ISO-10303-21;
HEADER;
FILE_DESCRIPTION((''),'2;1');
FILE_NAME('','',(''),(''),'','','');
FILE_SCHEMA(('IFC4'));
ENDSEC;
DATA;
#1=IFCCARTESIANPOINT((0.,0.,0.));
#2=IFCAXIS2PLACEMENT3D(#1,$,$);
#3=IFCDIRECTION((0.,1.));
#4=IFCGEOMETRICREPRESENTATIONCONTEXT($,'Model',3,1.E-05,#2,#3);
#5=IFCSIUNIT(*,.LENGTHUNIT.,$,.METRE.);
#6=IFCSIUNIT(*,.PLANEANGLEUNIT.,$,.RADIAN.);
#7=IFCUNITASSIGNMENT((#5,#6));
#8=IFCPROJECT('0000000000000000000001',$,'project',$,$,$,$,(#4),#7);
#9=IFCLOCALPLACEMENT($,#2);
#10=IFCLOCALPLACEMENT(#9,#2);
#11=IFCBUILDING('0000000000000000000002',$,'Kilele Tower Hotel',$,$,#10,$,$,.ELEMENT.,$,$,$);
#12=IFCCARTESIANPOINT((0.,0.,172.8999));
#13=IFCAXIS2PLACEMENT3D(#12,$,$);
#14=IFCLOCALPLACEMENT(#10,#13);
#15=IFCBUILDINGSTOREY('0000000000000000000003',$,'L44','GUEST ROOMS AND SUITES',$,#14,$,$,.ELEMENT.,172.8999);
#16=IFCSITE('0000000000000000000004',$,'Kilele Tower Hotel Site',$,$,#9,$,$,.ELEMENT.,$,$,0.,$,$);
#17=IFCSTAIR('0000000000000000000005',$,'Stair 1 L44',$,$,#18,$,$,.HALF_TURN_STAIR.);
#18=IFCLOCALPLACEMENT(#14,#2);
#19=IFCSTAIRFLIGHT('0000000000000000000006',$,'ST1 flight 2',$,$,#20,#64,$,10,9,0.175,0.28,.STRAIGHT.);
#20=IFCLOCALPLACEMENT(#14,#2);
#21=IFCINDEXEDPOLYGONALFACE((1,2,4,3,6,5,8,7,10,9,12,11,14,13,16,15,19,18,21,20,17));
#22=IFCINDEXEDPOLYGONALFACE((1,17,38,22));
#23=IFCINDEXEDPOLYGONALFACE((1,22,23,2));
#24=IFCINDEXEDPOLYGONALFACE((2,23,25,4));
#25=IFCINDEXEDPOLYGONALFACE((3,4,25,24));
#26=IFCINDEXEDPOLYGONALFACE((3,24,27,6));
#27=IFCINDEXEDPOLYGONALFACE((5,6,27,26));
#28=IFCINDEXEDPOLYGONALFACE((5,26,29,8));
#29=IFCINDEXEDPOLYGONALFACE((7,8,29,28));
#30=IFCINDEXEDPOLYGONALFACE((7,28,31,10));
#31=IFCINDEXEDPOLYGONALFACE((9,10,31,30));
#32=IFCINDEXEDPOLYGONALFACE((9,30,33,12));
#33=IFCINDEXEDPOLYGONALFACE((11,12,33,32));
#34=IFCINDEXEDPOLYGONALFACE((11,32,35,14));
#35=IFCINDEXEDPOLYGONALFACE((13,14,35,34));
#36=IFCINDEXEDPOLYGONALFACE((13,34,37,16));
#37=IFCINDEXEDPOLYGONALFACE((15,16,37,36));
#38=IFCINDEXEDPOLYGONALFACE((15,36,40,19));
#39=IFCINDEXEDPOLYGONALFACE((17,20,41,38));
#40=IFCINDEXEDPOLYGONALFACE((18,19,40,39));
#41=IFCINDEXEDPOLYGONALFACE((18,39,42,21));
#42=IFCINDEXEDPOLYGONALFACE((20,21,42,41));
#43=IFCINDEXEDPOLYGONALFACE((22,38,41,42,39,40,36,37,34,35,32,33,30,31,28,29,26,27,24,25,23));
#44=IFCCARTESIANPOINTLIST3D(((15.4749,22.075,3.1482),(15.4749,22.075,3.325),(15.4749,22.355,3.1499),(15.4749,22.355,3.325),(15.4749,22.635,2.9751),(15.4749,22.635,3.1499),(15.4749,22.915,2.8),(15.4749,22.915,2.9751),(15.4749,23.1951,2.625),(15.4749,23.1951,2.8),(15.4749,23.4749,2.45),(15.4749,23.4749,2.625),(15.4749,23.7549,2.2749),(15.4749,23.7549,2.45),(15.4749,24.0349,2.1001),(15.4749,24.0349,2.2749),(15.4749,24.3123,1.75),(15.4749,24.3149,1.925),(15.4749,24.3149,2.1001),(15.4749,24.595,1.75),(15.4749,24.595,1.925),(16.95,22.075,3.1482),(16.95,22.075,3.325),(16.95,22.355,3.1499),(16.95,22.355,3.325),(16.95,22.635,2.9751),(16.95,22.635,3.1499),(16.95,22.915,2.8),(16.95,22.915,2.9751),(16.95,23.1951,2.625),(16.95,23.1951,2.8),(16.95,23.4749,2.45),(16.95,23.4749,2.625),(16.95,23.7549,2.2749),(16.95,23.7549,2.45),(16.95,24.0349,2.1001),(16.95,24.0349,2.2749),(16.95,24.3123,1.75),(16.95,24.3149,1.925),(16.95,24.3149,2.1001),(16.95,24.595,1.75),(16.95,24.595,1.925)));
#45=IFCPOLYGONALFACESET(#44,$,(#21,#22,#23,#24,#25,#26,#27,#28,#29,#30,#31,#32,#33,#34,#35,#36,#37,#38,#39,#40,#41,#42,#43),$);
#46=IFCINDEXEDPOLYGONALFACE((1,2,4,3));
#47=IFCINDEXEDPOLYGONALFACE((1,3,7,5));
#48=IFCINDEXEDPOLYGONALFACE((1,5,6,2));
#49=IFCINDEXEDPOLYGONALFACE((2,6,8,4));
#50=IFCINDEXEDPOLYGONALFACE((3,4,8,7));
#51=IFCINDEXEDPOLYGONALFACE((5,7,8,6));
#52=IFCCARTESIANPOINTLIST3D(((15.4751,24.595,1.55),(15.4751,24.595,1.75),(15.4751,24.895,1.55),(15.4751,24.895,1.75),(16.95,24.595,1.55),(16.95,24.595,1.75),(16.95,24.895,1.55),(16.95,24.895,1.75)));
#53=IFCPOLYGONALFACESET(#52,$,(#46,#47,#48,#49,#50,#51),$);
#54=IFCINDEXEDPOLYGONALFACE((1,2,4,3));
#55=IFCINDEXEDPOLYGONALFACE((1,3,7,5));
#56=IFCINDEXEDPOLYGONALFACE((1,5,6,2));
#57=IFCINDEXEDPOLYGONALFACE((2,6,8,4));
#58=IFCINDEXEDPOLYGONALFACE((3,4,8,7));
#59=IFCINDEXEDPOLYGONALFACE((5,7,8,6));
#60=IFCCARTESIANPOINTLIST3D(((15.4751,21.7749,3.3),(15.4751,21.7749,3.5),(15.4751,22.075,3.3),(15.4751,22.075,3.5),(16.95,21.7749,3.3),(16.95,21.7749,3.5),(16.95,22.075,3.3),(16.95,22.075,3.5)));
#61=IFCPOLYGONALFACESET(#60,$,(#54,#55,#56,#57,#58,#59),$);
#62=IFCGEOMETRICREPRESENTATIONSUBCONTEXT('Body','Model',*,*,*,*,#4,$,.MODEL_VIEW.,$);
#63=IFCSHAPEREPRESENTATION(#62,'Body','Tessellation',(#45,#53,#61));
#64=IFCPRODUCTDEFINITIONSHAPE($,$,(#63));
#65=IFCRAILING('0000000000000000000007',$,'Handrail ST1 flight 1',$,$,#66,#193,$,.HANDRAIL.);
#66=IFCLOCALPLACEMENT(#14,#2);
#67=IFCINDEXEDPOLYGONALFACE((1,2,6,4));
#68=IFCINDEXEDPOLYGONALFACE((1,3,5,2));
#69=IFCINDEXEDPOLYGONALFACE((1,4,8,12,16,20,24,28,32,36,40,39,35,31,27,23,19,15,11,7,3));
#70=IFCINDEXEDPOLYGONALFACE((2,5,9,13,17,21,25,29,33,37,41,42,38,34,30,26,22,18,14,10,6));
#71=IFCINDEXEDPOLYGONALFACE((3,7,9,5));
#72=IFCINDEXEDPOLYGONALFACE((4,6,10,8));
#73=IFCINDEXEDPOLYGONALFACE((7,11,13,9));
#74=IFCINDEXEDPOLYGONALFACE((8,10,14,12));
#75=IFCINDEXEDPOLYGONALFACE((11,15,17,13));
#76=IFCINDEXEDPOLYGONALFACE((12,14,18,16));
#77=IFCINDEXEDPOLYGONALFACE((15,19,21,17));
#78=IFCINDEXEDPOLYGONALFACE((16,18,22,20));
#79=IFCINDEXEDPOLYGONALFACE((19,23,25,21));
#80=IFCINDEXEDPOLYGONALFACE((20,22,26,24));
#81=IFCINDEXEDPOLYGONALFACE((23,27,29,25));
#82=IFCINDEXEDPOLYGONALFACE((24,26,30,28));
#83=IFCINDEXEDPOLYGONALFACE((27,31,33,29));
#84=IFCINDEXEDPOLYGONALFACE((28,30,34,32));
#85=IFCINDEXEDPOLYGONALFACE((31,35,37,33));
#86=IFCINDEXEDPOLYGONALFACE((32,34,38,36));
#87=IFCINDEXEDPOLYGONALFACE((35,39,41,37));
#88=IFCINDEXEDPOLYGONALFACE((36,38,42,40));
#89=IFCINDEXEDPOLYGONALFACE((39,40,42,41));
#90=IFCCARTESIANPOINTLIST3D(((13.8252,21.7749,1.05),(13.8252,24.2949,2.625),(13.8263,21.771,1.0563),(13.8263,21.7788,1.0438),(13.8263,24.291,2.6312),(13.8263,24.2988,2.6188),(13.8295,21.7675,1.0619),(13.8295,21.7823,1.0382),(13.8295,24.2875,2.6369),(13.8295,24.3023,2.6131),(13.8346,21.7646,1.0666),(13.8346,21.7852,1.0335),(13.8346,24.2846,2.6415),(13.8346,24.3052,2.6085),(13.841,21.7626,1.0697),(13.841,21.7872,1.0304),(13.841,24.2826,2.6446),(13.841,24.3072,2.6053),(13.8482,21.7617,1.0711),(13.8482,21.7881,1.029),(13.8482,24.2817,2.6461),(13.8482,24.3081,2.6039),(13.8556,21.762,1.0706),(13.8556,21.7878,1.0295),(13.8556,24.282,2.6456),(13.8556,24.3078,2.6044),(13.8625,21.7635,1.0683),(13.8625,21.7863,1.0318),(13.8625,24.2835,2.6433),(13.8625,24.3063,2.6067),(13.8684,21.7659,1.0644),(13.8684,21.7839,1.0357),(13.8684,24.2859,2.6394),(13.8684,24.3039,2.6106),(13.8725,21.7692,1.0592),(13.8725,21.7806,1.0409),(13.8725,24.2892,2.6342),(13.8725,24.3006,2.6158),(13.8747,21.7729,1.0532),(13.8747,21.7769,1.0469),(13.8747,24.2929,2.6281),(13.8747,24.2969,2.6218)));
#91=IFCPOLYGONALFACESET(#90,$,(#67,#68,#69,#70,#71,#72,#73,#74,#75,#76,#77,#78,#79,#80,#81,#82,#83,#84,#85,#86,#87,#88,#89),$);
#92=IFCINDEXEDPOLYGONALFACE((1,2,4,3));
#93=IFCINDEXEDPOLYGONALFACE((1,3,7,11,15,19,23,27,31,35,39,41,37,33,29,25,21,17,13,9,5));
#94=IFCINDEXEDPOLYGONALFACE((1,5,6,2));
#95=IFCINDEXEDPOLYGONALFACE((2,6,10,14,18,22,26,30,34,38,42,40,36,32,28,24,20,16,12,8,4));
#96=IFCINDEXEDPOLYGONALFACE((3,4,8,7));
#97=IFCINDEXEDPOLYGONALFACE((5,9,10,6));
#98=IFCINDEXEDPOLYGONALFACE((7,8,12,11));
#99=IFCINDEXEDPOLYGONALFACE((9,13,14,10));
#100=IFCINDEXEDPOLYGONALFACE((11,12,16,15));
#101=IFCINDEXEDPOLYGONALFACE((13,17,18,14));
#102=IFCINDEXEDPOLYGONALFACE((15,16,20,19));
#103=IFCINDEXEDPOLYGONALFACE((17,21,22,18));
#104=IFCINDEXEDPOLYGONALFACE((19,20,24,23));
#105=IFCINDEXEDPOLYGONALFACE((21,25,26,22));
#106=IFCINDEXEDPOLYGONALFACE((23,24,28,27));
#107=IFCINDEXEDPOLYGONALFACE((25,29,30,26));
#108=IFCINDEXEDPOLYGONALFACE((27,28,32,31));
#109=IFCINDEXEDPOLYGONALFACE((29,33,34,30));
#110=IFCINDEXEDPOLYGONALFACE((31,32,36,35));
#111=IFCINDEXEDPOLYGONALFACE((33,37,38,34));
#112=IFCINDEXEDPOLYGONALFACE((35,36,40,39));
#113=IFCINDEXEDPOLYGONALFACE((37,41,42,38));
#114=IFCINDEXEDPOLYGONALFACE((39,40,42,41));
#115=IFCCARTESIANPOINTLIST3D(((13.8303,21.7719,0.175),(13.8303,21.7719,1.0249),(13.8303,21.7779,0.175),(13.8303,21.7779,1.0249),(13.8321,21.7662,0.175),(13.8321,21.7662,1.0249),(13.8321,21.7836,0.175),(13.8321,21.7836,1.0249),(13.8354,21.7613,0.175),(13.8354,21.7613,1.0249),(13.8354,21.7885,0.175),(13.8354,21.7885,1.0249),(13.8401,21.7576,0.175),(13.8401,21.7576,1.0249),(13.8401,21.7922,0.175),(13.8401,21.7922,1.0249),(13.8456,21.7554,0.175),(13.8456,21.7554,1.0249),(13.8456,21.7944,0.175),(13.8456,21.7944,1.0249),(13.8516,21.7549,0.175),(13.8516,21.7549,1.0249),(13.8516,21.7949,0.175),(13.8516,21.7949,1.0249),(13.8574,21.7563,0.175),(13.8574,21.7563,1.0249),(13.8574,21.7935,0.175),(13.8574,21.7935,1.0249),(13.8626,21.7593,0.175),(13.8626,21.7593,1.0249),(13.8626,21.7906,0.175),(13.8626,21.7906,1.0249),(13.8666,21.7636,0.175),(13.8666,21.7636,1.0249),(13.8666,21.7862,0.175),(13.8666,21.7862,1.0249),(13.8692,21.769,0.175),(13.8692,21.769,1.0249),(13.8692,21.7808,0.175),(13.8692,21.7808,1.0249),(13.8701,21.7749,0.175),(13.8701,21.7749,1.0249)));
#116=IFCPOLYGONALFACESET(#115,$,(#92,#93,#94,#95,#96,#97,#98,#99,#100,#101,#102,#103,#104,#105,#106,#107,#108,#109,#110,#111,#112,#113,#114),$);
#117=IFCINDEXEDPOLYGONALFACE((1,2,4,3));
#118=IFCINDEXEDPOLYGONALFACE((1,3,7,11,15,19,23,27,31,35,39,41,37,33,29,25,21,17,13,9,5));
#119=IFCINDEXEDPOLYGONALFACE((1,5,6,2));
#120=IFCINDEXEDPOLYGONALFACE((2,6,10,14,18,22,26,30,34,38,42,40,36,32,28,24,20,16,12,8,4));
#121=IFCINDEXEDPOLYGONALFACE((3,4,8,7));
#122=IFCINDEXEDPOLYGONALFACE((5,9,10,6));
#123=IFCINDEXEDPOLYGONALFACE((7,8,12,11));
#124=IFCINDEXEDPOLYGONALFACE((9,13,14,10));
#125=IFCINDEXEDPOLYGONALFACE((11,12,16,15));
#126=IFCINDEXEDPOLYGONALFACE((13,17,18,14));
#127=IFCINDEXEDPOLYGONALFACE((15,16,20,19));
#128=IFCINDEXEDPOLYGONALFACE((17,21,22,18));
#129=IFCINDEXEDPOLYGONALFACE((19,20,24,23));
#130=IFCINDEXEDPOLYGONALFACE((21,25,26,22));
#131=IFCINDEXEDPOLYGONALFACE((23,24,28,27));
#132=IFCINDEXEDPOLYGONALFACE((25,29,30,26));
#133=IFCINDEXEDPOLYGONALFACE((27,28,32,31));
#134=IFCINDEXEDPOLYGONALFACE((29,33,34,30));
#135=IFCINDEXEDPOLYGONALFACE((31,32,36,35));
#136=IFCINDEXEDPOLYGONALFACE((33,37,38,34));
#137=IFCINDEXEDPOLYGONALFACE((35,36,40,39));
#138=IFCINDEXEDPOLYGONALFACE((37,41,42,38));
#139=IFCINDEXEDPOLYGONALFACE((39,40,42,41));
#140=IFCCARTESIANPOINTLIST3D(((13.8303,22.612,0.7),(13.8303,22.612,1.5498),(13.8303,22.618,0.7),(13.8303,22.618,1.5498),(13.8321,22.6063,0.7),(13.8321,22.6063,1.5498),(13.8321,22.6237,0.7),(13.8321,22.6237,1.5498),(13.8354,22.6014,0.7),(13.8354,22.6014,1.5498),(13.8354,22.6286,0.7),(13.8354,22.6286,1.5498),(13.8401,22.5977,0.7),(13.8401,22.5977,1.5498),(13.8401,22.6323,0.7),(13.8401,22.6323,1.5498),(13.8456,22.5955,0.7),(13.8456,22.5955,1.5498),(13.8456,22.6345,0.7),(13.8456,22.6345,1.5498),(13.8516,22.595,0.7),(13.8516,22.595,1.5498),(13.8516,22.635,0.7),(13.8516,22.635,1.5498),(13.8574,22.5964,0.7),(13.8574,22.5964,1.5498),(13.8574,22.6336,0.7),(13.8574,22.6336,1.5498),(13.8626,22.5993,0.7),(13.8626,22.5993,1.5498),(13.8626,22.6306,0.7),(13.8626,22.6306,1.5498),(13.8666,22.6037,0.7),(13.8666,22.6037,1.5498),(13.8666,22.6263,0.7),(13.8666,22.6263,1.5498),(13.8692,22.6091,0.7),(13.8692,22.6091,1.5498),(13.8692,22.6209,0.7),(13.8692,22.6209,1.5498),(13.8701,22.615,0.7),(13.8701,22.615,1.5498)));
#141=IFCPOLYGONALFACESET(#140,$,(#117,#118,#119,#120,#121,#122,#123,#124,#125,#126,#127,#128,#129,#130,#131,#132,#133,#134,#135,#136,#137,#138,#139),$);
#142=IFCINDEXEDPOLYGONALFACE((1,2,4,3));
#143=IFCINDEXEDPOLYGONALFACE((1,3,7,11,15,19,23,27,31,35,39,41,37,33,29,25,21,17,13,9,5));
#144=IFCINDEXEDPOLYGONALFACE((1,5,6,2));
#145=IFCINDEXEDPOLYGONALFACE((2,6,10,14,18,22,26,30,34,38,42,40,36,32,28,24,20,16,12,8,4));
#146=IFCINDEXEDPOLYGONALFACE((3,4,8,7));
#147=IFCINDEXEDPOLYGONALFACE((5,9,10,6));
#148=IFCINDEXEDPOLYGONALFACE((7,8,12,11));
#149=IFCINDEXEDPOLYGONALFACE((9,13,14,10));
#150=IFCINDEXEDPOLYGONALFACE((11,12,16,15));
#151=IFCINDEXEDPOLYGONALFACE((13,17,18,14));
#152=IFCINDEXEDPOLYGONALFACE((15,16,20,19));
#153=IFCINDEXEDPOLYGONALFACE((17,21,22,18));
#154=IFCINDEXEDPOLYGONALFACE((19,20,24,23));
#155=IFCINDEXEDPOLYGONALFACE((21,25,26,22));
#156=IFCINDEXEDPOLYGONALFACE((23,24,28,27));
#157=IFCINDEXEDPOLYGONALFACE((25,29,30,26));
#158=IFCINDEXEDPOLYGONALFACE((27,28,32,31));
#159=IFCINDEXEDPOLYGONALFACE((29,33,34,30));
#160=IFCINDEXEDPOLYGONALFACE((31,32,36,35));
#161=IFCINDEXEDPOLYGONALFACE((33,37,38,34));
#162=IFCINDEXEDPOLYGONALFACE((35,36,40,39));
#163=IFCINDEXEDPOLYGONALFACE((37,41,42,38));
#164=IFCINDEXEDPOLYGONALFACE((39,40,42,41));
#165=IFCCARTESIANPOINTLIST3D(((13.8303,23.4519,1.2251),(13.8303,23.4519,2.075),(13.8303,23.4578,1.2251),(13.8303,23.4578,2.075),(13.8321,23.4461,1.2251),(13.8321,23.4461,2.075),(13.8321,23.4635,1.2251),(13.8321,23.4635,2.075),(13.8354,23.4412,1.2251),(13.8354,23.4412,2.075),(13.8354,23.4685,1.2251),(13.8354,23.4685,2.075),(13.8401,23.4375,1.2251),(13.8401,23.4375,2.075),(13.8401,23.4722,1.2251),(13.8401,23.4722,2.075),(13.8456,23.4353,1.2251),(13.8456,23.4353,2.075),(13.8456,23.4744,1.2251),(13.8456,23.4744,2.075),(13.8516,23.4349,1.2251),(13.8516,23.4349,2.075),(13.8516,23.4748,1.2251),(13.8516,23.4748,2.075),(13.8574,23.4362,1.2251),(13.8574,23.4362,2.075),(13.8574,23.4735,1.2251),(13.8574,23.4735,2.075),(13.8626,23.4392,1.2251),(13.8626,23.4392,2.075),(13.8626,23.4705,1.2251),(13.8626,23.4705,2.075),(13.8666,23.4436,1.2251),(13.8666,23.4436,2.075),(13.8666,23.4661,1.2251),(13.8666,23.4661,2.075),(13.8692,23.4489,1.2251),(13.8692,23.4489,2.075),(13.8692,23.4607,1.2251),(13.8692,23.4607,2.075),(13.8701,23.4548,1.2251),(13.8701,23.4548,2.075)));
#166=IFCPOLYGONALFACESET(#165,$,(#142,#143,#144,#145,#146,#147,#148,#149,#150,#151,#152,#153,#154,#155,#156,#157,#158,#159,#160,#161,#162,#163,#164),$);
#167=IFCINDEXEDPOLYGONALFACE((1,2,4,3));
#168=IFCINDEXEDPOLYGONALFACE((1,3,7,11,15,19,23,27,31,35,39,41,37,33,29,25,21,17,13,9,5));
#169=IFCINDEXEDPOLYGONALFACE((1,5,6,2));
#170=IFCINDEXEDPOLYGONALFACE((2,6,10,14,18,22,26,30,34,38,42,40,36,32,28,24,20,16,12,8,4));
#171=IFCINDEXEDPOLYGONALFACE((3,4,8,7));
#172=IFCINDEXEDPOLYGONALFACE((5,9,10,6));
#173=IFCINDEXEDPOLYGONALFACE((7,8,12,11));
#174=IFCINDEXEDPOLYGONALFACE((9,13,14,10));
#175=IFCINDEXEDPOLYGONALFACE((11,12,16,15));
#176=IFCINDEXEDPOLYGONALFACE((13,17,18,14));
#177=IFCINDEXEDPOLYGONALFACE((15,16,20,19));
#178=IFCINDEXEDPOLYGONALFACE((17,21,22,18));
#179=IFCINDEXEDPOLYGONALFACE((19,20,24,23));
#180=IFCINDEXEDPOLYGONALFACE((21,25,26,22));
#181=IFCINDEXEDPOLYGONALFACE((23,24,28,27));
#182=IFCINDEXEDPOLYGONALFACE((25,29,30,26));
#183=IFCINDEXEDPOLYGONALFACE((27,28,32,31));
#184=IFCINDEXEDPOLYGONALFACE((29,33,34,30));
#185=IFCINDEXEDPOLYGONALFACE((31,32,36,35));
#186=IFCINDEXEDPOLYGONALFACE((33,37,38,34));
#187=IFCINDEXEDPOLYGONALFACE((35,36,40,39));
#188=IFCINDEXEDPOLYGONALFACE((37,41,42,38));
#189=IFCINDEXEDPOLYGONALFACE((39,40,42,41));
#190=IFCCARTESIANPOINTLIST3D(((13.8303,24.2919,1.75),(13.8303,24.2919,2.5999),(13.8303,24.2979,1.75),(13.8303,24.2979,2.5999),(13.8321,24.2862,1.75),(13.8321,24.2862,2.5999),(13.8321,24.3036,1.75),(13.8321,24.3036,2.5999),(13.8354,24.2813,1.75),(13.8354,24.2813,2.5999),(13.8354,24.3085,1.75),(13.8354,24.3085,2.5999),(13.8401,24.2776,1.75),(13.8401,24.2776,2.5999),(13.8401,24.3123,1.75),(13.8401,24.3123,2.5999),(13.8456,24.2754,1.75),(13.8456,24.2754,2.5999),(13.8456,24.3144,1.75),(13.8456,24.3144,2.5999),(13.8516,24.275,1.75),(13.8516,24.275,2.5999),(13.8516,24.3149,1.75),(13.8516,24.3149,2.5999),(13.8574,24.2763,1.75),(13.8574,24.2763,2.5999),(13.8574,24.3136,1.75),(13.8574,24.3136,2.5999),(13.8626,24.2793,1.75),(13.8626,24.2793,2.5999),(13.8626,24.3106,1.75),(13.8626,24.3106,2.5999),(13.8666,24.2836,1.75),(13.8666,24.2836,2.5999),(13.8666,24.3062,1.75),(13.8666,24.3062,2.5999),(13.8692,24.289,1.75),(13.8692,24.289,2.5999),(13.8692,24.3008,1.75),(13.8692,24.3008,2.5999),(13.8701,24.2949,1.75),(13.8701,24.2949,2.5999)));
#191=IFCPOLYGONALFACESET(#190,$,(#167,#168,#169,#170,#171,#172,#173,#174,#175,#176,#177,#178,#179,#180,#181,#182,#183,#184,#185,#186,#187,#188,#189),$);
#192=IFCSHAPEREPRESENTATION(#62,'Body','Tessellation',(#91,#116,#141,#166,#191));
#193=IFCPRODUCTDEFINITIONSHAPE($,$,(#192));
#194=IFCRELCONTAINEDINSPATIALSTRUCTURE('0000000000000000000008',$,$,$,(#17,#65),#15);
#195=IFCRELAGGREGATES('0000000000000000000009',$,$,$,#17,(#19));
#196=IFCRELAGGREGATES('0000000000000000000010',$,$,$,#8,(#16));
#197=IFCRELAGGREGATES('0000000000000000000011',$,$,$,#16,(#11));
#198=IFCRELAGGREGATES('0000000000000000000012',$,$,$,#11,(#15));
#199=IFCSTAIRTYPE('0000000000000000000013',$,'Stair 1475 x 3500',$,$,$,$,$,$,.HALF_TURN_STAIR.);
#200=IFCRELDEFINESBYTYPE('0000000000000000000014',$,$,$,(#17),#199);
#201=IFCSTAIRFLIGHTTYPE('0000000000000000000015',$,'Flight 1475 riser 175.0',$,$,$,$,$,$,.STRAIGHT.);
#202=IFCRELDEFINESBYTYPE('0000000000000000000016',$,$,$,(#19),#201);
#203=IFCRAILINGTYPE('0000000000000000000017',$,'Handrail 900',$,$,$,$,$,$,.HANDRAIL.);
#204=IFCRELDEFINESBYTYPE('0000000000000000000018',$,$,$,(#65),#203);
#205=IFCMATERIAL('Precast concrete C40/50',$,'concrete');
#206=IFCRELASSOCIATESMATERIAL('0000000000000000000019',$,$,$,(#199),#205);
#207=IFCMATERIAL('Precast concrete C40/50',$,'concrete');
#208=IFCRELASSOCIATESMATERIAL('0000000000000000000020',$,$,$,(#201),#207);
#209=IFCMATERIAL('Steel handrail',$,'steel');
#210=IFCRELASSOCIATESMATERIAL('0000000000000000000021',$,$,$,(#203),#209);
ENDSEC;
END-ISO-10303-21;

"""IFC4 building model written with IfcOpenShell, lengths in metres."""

from ifc_helpers import new_model, si_unit, direction, frame, origin, origin_2d, place, context, subcontext, project, spatial, polyline, circle, outline, extrude, material, type_object, element, aggregate, save


model = new_model("IFC4")

# Units and contexts
model_context = context("Model", 3, precision=1e-05, world=origin(), true_north=direction((0.0, 1.0)))
body_context = subcontext(model_context, "Body", "Model", "MODEL_VIEW")
ifc_project = project(units=[si_unit("LENGTHUNIT", "METRE"), si_unit("PLANEANGLEUNIT", "RADIAN")], contexts=[model_context])

# Site, building, storey
site_placement = place(None, origin())
site = spatial("IfcSite", under=ifc_project, at=site_placement, Name="Kilele Tower Hotel Site", CompositionType="ELEMENT", RefElevation=0.0)
building_placement = place(site_placement, origin())
building = spatial("IfcBuilding", under=site, at=building_placement, Name="Kilele Tower Hotel", CompositionType="ELEMENT")
storey_placement = place(building_placement, frame((0.0, 0.0, 172.8999)))
storey = spatial("IfcBuildingStorey", under=building, at=storey_placement, Name="L44", Description="GUEST ROOMS AND SUITES", CompositionType="ELEMENT", Elevation=172.8999)

# Stair, stair flight
ifc_material_1 = material(Name="Precast concrete C40/50", Category="concrete")
stair_type = type_object("IfcStairType", Name="Stair 1475 x 3500", PredefinedType="HALF_TURN_STAIR", material=ifc_material_1)
stair_placement = place(storey_placement, origin())
stair = element("IfcStair", 1, at=stair_placement, inside=storey, type_object=stair_type, Name="Stair 1 L44", PredefinedType="HALF_TURN_STAIR")
ifc_material_2 = material(Name="Precast concrete C40/50", Category="concrete")
stair_flight_type = type_object("IfcStairFlightType", Name="Flight 1475 riser 175.0", PredefinedType="STRAIGHT", material=ifc_material_2)
stair_flight_1_placement = place(storey_placement, frame((16.2124, 24.595, 1.75), z_axis=(0.0, 0.0, 1.0), x_axis=(0.0, -1.0, 0.0)))
stair_flight_1 = element("IfcStairFlight", 2, at=stair_flight_1_placement, type_object=stair_flight_type, Name="ST1 flight 2", NumberOfRisers=10, NumberOfTreads=9, PredefinedType="STRAIGHT", RiserHeight=0.175, TreadLength=0.28, context=body_context, shape_type="SweptSolid", body=[
    extrude(outline(polyline([(0.0, 0.0), (0.0, 0.175), (0.28, 0.175), (0.28, 0.3501), (0.5601, 0.3501), (0.5601, 0.5249), (0.8401, 0.5249), (0.8401, 0.7), (1.1201, 0.7), (1.1201, 0.875), (1.3999, 0.875), (1.3999, 1.05), (1.6799, 1.05), (1.6799, 1.2251), (1.96, 1.2251), (1.96, 1.3999), (2.24, 1.3999), (2.24, 1.575), (2.52, 1.575), (2.52, 1.75), (2.52, 1.3982), (0.2827, 0.0), (0.0, 0.0)])), frame((0.0, 0.7375, 0.0), z_axis=(0.0, -1.0, 0.0), x_axis=(1.0, 0.0, 0.0)), (0.0, 0.0, 1.0), 1.4751),
    extrude(outline(polyline([(0.0, -0.7373), (0.0, 0.7375), (-0.3, 0.7375), (-0.3, -0.7373), (0.0, -0.7373)])), frame((0.0, 0.0, -0.2)), (0.0, 0.0, 1.0), 0.2),
    extrude(outline(polyline([(2.8201, -0.7373), (2.8201, 0.7375), (2.52, 0.7375), (2.52, -0.7373), (2.8201, -0.7373)])), frame((0.0, 0.0, 1.55)), (0.0, 0.0, 1.0), 0.2),
])
aggregate(stair, [stair_flight_1])

# Railing
ifc_material_3 = material(Name="Steel handrail", Category="steel")
railing_type_1 = type_object("IfcRailingType", Name="Handrail 900", PredefinedType="HANDRAIL", material=ifc_material_3)
for number, where, name in (
    (3, (13.8501, 21.7749, 0.175), "Handrail ST1 flight 1"),
):
    element("IfcRailing", number, at=place(storey_placement, frame(where)), inside=storey, type_object=railing_type_1, Name=name, PredefinedType="HANDRAIL", context=body_context, shape_type="SweptSolid", body=[
        extrude(circle(Radius=0.0249, at=origin_2d()), frame((0.0, 0.0, 0.875), z_axis=(0.0, 0.848008, 0.529984), x_axis=(-1.0, 0.0, 0.0)), (0.0, 0.0, 1.0), 2.9717),
        extrude(circle(Radius=0.02, at=origin_2d()), origin(), (0.0, 0.0, 1.0), 0.8499),
        extrude(circle(Radius=0.02, at=origin_2d()), frame((0.0, 0.8401, 0.5249)), (0.0, 0.0, 1.0), 0.8499),
        extrude(circle(Radius=0.02, at=origin_2d()), frame((0.0, 1.6799, 1.05)), (0.0, 0.0, 1.0), 0.8499),
        extrude(circle(Radius=0.02, at=origin_2d()), frame((0.0, 2.52, 1.575)), (0.0, 0.0, 1.0), 0.8499),
    ])

save(model, "model.ifc")
